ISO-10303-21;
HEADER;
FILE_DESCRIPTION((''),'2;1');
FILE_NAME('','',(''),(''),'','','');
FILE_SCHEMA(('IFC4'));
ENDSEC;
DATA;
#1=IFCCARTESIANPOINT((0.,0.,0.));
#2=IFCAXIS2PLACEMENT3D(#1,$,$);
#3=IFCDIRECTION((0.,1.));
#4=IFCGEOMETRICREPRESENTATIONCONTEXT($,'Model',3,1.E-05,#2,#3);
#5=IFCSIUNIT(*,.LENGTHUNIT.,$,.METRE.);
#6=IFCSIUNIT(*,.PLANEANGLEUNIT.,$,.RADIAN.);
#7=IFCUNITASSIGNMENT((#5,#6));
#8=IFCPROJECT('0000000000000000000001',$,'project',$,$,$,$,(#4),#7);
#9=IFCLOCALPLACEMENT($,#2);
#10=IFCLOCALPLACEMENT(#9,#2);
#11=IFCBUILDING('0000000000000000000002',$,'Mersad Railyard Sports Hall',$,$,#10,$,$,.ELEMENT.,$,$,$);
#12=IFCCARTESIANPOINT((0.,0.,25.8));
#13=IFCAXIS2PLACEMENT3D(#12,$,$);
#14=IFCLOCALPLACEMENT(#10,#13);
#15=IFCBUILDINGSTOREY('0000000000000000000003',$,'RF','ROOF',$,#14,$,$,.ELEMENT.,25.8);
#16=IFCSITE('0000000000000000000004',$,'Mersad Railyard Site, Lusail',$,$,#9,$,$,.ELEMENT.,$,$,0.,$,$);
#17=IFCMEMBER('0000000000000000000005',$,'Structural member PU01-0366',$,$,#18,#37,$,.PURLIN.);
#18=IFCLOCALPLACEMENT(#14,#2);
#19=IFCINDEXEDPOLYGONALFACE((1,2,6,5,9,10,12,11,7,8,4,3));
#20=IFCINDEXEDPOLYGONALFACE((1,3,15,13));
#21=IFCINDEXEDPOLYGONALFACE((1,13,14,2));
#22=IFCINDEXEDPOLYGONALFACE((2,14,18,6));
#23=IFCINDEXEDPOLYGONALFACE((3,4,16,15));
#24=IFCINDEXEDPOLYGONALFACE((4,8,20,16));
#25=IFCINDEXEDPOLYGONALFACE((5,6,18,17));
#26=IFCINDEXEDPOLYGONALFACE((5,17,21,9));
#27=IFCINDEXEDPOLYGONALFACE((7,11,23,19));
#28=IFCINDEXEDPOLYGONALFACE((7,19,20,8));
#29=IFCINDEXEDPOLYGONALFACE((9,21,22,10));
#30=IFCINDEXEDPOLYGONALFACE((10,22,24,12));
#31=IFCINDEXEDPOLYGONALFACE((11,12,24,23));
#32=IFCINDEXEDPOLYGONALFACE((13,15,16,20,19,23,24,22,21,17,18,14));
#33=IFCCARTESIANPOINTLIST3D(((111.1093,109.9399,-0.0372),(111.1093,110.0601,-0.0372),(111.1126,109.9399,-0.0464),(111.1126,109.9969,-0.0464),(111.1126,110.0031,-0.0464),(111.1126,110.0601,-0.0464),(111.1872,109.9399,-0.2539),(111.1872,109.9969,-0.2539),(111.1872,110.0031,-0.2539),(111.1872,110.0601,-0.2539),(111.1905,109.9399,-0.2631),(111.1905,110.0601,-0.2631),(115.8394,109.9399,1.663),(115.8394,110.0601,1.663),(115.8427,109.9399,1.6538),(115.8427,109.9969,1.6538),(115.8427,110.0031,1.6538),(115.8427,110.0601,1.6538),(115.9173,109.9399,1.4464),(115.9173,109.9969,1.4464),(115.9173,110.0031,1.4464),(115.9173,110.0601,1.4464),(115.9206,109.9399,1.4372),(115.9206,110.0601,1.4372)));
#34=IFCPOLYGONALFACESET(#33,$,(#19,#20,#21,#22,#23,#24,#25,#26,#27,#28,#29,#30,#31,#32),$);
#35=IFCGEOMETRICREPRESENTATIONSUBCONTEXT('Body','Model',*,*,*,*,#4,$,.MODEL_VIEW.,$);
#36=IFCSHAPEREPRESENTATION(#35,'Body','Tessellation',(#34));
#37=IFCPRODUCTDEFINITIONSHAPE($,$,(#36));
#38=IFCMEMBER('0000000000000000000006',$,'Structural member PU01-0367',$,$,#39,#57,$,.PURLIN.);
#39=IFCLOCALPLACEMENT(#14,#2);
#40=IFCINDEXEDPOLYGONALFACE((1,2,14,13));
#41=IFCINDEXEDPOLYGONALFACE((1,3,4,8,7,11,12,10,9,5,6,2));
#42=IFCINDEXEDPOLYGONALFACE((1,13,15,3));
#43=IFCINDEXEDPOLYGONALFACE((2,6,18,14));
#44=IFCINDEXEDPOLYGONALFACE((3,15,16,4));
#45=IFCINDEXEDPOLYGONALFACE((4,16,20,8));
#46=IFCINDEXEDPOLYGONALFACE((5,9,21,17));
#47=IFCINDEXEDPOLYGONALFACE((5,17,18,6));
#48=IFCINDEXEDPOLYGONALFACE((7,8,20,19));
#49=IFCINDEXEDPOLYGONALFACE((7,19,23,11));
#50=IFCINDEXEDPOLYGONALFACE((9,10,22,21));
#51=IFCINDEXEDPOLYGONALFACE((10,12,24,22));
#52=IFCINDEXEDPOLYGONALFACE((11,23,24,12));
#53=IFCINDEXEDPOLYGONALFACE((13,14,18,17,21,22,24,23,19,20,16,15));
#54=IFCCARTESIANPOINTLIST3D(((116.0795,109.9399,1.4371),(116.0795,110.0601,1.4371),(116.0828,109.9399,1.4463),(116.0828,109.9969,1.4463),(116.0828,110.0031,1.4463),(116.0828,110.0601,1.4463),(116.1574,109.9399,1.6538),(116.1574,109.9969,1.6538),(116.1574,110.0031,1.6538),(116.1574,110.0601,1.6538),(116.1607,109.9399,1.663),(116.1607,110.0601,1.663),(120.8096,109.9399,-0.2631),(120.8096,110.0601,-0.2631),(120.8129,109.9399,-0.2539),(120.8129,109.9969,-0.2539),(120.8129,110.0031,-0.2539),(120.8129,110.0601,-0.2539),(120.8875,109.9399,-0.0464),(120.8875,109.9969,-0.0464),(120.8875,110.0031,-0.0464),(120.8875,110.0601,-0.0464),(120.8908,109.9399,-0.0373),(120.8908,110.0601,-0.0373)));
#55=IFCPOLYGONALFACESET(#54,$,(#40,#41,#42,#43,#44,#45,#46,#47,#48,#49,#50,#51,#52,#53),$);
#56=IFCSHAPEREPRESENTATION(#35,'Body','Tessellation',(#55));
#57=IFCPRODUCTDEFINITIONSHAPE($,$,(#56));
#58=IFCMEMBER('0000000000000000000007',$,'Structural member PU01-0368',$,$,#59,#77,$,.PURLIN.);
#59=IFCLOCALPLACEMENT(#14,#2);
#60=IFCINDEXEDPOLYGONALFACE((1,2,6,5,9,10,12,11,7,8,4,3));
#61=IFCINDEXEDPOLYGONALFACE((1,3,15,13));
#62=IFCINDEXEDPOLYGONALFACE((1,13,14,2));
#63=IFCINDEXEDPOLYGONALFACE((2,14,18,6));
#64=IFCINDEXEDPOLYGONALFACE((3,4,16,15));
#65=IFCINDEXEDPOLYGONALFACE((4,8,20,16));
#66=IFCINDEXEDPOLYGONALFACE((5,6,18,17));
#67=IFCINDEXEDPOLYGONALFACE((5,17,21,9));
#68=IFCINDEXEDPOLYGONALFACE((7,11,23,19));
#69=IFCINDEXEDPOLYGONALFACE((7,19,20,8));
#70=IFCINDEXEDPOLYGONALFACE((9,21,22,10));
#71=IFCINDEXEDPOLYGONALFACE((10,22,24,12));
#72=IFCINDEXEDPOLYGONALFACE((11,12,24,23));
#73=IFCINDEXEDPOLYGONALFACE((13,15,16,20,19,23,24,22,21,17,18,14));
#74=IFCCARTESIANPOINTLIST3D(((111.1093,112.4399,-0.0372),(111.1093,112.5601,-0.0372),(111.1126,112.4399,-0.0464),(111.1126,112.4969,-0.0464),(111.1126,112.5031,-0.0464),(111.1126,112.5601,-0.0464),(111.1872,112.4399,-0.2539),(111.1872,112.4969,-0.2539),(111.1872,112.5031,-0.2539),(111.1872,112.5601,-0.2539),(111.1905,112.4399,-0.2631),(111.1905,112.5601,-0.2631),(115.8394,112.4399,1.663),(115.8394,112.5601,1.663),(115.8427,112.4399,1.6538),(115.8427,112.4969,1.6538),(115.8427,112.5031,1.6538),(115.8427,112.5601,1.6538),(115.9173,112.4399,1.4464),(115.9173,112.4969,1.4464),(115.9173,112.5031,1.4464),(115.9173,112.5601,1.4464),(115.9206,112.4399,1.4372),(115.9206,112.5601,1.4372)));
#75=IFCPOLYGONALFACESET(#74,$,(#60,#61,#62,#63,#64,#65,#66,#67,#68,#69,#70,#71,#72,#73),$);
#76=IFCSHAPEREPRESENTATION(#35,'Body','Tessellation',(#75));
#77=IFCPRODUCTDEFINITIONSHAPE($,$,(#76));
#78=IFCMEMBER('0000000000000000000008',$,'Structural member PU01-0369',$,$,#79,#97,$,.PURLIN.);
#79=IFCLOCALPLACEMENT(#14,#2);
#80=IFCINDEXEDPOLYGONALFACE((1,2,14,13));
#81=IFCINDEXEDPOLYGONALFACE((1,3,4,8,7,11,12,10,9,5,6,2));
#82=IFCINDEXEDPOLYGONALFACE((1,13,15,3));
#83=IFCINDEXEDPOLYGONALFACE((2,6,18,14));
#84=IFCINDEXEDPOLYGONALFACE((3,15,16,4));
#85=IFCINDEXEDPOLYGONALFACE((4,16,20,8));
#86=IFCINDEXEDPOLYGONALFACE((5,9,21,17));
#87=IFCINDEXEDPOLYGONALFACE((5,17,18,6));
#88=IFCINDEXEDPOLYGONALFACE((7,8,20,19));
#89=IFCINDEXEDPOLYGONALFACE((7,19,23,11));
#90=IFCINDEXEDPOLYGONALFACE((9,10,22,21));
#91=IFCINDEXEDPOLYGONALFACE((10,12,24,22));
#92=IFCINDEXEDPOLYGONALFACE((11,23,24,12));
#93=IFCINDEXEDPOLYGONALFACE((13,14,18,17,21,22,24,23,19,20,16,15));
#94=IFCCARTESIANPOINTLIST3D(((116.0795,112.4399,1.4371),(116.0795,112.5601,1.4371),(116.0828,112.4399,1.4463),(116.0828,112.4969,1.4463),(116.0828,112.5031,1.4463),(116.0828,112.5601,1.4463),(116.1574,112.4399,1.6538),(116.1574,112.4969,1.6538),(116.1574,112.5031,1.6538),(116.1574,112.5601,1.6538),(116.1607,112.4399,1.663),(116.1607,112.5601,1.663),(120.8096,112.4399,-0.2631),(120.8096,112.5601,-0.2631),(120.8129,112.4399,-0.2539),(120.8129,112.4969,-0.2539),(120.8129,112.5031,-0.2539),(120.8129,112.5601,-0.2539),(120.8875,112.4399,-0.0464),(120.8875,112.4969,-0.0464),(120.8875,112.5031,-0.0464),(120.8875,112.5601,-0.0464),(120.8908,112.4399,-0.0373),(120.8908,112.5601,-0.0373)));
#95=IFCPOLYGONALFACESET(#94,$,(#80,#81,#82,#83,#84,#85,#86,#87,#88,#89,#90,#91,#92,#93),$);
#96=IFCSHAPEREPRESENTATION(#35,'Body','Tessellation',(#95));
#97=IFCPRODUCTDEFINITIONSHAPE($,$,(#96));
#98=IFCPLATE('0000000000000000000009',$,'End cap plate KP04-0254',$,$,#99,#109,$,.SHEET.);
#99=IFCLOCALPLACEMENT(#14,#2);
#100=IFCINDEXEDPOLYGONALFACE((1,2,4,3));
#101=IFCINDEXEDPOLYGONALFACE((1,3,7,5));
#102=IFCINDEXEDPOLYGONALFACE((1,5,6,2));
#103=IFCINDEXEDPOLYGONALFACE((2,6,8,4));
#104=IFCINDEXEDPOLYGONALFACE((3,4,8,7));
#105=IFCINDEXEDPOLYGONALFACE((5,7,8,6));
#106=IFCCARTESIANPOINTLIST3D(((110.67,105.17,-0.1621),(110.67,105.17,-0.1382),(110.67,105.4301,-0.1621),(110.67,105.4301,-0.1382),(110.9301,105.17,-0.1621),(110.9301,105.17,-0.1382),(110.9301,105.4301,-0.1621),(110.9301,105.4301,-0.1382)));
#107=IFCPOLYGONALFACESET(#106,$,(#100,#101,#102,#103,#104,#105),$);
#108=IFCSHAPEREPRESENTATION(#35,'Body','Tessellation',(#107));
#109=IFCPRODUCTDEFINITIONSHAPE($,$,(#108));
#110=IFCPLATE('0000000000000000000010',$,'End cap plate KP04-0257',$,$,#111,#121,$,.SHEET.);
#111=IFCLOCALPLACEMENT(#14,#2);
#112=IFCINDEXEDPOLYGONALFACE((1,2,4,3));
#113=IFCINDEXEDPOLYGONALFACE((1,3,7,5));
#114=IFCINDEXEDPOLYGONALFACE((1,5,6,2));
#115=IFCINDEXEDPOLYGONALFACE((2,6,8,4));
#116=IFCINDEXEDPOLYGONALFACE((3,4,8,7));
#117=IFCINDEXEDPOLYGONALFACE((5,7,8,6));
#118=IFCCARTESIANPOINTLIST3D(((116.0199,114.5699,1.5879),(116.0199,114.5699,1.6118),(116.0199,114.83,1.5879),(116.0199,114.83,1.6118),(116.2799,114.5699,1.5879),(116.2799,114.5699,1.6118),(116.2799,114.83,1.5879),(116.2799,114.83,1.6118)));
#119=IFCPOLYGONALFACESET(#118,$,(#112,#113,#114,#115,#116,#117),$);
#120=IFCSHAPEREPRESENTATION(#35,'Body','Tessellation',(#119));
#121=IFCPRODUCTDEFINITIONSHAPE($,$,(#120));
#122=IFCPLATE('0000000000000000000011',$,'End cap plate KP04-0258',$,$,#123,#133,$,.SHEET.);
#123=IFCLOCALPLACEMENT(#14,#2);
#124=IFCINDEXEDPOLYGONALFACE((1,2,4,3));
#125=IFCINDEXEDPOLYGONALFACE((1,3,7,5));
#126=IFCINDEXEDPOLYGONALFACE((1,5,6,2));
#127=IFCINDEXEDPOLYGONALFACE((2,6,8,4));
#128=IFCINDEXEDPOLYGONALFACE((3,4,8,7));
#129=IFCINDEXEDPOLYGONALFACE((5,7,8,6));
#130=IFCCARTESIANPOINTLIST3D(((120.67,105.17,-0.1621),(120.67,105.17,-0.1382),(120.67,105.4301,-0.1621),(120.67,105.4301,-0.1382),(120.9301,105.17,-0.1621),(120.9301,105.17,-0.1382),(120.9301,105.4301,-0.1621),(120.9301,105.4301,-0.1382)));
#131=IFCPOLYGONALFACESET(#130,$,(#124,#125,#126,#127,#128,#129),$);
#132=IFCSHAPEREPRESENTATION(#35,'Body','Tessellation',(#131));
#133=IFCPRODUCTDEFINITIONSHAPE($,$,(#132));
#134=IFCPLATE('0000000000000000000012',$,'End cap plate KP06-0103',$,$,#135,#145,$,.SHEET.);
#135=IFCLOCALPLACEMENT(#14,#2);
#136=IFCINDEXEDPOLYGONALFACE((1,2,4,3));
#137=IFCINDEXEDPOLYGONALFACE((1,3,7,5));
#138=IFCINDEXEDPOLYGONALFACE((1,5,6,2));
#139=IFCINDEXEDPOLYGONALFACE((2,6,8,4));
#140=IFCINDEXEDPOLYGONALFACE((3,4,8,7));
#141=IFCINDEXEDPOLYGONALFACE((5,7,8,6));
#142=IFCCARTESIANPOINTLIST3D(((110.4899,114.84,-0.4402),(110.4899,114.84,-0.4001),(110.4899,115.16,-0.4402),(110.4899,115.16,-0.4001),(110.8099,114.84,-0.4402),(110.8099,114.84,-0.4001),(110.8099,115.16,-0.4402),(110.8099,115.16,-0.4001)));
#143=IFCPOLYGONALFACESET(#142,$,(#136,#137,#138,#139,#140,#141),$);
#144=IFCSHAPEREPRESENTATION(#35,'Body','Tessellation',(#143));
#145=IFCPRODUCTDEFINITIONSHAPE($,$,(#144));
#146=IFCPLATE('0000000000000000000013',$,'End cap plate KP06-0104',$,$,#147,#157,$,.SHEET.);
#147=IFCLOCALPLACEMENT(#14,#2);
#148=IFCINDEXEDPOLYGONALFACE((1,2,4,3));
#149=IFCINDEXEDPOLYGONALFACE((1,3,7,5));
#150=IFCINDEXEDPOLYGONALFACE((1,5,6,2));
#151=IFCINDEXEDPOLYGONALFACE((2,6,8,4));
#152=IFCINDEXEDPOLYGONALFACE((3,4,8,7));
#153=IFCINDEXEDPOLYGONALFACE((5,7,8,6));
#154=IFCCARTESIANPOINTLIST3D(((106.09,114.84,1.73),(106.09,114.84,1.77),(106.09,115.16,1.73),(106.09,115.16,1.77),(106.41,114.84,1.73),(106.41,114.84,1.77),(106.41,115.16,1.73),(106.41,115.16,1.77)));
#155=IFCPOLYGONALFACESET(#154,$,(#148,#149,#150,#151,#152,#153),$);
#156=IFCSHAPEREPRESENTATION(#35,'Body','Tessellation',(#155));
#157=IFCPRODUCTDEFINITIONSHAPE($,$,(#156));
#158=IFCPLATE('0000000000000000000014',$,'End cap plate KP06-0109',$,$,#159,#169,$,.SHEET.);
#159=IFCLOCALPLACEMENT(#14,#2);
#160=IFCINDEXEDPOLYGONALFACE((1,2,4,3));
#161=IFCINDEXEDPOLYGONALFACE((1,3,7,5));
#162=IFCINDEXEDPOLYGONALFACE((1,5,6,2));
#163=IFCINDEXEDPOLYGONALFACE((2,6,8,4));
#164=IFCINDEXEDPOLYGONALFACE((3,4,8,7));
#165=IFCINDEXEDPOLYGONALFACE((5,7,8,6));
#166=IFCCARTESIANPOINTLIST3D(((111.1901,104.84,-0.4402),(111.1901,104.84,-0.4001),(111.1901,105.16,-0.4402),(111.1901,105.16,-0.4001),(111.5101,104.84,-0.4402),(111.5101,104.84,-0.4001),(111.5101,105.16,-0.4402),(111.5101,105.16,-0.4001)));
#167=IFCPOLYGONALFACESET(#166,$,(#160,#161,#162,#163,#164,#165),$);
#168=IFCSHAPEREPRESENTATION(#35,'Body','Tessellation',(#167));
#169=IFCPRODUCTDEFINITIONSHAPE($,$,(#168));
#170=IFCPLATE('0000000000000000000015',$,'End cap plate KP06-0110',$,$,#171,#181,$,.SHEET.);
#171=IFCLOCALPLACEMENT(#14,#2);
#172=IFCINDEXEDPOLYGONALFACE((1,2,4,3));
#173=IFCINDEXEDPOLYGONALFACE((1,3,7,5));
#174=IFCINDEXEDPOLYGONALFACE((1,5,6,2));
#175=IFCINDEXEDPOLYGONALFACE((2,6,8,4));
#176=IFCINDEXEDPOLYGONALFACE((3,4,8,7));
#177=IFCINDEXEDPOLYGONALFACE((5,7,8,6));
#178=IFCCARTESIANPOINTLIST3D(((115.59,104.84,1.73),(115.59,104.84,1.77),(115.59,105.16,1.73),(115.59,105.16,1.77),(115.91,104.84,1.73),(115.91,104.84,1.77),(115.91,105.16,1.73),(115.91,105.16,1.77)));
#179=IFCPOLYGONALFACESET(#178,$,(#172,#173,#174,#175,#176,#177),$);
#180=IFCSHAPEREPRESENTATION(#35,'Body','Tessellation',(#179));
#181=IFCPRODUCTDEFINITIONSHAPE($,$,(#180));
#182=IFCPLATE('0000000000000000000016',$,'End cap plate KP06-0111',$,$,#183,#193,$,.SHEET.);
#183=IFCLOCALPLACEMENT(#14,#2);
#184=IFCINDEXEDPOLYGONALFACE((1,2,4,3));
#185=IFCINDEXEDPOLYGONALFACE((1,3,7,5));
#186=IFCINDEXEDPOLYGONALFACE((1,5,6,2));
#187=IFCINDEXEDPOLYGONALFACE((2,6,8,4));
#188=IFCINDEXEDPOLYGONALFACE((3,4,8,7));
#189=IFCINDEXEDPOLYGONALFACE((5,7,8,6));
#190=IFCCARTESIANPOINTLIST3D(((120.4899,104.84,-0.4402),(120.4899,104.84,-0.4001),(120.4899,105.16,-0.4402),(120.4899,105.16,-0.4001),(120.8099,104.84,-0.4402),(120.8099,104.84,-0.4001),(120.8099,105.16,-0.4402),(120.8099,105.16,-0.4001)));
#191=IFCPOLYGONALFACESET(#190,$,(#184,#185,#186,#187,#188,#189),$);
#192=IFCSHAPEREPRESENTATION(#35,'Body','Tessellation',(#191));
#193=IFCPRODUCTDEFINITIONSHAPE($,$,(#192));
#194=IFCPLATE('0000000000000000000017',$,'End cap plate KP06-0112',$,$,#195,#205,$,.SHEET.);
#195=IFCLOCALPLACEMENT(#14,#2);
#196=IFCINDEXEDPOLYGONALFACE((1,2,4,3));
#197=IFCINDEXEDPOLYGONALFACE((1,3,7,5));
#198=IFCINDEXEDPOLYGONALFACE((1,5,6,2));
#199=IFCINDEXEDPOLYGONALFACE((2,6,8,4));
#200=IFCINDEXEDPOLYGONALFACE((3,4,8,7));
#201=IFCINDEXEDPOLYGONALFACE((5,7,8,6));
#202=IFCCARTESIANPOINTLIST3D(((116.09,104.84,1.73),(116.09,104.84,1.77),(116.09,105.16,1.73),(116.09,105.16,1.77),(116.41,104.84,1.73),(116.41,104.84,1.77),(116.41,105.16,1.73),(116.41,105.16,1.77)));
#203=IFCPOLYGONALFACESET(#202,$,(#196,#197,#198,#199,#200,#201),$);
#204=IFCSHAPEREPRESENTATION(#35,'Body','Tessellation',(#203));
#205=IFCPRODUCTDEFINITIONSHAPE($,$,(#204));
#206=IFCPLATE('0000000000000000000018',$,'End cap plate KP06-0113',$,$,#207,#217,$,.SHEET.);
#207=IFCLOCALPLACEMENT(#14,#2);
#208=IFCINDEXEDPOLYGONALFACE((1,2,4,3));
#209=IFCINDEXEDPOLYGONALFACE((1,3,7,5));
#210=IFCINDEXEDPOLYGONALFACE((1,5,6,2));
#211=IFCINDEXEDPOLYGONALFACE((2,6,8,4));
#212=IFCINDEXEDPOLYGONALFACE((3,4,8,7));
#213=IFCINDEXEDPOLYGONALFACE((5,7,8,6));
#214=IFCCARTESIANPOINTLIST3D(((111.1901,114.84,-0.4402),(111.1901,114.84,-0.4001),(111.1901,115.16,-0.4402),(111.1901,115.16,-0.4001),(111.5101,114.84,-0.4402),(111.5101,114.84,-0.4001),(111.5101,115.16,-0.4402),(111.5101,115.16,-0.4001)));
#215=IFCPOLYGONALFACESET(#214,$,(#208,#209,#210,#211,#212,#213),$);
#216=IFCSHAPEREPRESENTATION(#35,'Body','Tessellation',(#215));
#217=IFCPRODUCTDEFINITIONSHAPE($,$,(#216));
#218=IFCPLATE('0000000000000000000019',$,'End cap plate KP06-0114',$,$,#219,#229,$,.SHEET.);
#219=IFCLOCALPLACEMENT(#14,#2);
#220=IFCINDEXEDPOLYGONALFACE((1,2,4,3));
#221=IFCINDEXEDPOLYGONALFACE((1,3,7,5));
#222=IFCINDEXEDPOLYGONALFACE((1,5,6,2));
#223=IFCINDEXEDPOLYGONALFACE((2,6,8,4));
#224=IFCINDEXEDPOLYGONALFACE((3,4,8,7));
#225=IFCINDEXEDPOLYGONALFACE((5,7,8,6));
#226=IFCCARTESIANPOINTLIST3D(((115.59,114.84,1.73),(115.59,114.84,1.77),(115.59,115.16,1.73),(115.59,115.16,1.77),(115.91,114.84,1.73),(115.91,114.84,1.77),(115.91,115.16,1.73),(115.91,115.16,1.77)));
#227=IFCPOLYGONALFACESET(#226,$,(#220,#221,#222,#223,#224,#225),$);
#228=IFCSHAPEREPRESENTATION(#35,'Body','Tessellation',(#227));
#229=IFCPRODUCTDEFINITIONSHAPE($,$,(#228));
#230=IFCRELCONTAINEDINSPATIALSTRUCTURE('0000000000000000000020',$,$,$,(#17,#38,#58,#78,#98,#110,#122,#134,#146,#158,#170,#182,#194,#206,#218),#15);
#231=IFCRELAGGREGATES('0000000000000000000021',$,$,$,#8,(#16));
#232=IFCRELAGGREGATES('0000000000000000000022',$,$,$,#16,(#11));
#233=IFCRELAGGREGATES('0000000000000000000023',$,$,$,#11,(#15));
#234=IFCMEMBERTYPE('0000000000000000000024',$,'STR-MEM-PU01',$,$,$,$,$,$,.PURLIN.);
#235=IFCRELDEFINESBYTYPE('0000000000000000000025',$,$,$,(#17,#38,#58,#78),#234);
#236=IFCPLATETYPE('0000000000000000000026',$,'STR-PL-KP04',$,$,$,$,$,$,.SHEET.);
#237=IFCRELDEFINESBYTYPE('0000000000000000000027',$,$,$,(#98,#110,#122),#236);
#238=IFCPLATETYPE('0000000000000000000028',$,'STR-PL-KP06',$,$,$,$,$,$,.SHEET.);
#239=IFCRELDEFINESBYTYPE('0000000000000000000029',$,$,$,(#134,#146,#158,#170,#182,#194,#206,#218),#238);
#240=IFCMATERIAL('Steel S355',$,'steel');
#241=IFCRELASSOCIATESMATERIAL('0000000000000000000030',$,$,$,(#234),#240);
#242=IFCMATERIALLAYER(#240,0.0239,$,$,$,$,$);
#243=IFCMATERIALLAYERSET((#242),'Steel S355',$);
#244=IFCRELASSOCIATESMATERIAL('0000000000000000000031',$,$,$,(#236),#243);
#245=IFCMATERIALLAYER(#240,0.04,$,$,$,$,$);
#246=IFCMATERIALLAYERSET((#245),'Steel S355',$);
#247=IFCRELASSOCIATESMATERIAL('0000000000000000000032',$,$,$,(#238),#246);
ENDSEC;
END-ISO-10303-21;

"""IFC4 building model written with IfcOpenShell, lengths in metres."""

from ifc_helpers import new_model, si_unit, direction, frame, origin, origin_2d, place, context, subcontext, project, spatial, rectangle, i_section, extrude, material, layer, layer_set, material_profile, profile_set, type_object, element, save


model = new_model("IFC4")

# Units and contexts
model_context = context("Model", 3, precision=1e-05, world=origin(), true_north=direction((0.0, 1.0)))
body_context = subcontext(model_context, "Body", "Model", "MODEL_VIEW")
ifc_project = project(units=[si_unit("LENGTHUNIT", "METRE"), si_unit("PLANEANGLEUNIT", "RADIAN")], contexts=[model_context])

# Site, building, storey
site_placement = place(None, origin())
site = spatial("IfcSite", under=ifc_project, at=site_placement, Name="Mersad Railyard Site, Lusail", CompositionType="ELEMENT", RefElevation=0.0)
building_placement = place(site_placement, origin())
building = spatial("IfcBuilding", under=site, at=building_placement, Name="Mersad Railyard Sports Hall", CompositionType="ELEMENT")
storey_placement = place(building_placement, frame((0.0, 0.0, 25.8)))
storey = spatial("IfcBuildingStorey", under=building, at=storey_placement, Name="RF", Description="ROOF", CompositionType="ELEMENT", Elevation=25.8)

# Shared definitions
ifc_material_1 = material(Name="Steel S355", Category="steel")

# Members
ifc_material_profile_1 = material_profile(ifc_material_1, i_section(OverallWidth=0.1201, OverallDepth=0.24, WebThickness=0.0061, FlangeThickness=0.0098, at=origin_2d()), Name="IPE 240")
ifc_profile_set_1 = profile_set([ifc_material_profile_1], Name="Steel S355")
member_type_1 = type_object("IfcMemberType", Name="STR-MEM-PU01", PredefinedType="PURLIN", material=ifc_profile_set_1)
for number, where, z_axis, x_axis, name in (
    (1, (111.1499, 110.0, -0.1501), (0.941052, 0.0, 0.338262), (0.0, 1.0, 0.0), "Structural member PU01-0366"),
    (2, (116.1201, 110.0, 1.55), (0.941052, 0.0, -0.338262), (0.0, 1.0, 0.0), "Structural member PU01-0367"),
    (3, (111.1499, 112.5, -0.1501), (0.941052, 0.0, 0.338262), (0.0, 1.0, 0.0), "Structural member PU01-0368"),
    (4, (116.1201, 112.5, 1.55), (0.941052, 0.0, -0.338262), (0.0, 1.0, 0.0), "Structural member PU01-0369"),
):
    element("IfcMember", number, at=place(storey_placement, frame(where, z_axis=z_axis, x_axis=x_axis)), inside=storey, type_object=member_type_1, Name=name, PredefinedType="PURLIN", context=body_context, shape_type="SweptSolid", body=[
        extrude(i_section(OverallWidth=0.1201, OverallDepth=0.24, WebThickness=0.0061, FlangeThickness=0.0098, at=origin_2d()), origin(), (0.0, 0.0, 1.0), 5.0264),
    ])

# Plates
ifc_layer_1 = layer(ifc_material_1, 0.0239)
ifc_layer_set_1 = layer_set([ifc_layer_1], Name="Steel S355")
plate_type_1 = type_object("IfcPlateType", Name="STR-PL-KP04", PredefinedType="SHEET", material=ifc_layer_set_1)
for number, where, z_axis, x_axis, name in (
    (5, (110.8, 105.3, -0.1621), (0.0, 0.0, 1.0), (1.0, 0.0, 0.0), "End cap plate KP04-0254"),
    (6, (116.1499, 114.7, 1.5879), (0.0, 0.0, 1.0), (1.0, 0.0, 0.0), "End cap plate KP04-0257"),
    (7, (120.8, 105.3, -0.1621), (0.0, 0.0, 1.0), (1.0, 0.0, 0.0), "End cap plate KP04-0258"),
):
    element("IfcPlate", number, at=place(storey_placement, frame(where, z_axis=z_axis, x_axis=x_axis)), inside=storey, type_object=plate_type_1, Name=name, PredefinedType="SHEET", context=body_context, shape_type="SweptSolid", body=[
        extrude(rectangle(XDim=0.26, YDim=0.26, at=origin_2d()), origin(), (0.0, 0.0, 1.0), 0.0239),
    ])
ifc_layer_2 = layer(ifc_material_1, 0.04)
ifc_layer_set_2 = layer_set([ifc_layer_2], Name="Steel S355")
plate_type_2 = type_object("IfcPlateType", Name="STR-PL-KP06", PredefinedType="SHEET", material=ifc_layer_set_2)
for number, where, z_axis, x_axis, name in (
    (8, (110.6499, 115.0, -0.4402), (0.0, 0.0, 1.0), (1.0, 0.0, 0.0), "End cap plate KP06-0103"),
    (9, (106.25, 115.0, 1.73), (0.0, 0.0, 1.0), (1.0, 0.0, 0.0), "End cap plate KP06-0104"),
    (10, (111.3501, 105.0, -0.4402), (0.0, 0.0, 1.0), (1.0, 0.0, 0.0), "End cap plate KP06-0109"),
    (11, (115.75, 105.0, 1.73), (0.0, 0.0, 1.0), (1.0, 0.0, 0.0), "End cap plate KP06-0110"),
    (12, (120.6499, 105.0, -0.4402), (0.0, 0.0, 1.0), (1.0, 0.0, 0.0), "End cap plate KP06-0111"),
    (13, (116.25, 105.0, 1.73), (0.0, 0.0, 1.0), (1.0, 0.0, 0.0), "End cap plate KP06-0112"),
    (14, (111.3501, 115.0, -0.4402), (0.0, 0.0, 1.0), (1.0, 0.0, 0.0), "End cap plate KP06-0113"),
    (15, (115.75, 115.0, 1.73), (0.0, 0.0, 1.0), (1.0, 0.0, 0.0), "End cap plate KP06-0114"),
):
    element("IfcPlate", number, at=place(storey_placement, frame(where, z_axis=z_axis, x_axis=x_axis)), inside=storey, type_object=plate_type_2, Name=name, PredefinedType="SHEET", context=body_context, shape_type="SweptSolid", body=[
        extrude(rectangle(XDim=0.3201, YDim=0.3201, at=origin_2d()), origin(), (0.0, 0.0, 1.0), 0.04),
    ])

save(model, "model.ifc")
